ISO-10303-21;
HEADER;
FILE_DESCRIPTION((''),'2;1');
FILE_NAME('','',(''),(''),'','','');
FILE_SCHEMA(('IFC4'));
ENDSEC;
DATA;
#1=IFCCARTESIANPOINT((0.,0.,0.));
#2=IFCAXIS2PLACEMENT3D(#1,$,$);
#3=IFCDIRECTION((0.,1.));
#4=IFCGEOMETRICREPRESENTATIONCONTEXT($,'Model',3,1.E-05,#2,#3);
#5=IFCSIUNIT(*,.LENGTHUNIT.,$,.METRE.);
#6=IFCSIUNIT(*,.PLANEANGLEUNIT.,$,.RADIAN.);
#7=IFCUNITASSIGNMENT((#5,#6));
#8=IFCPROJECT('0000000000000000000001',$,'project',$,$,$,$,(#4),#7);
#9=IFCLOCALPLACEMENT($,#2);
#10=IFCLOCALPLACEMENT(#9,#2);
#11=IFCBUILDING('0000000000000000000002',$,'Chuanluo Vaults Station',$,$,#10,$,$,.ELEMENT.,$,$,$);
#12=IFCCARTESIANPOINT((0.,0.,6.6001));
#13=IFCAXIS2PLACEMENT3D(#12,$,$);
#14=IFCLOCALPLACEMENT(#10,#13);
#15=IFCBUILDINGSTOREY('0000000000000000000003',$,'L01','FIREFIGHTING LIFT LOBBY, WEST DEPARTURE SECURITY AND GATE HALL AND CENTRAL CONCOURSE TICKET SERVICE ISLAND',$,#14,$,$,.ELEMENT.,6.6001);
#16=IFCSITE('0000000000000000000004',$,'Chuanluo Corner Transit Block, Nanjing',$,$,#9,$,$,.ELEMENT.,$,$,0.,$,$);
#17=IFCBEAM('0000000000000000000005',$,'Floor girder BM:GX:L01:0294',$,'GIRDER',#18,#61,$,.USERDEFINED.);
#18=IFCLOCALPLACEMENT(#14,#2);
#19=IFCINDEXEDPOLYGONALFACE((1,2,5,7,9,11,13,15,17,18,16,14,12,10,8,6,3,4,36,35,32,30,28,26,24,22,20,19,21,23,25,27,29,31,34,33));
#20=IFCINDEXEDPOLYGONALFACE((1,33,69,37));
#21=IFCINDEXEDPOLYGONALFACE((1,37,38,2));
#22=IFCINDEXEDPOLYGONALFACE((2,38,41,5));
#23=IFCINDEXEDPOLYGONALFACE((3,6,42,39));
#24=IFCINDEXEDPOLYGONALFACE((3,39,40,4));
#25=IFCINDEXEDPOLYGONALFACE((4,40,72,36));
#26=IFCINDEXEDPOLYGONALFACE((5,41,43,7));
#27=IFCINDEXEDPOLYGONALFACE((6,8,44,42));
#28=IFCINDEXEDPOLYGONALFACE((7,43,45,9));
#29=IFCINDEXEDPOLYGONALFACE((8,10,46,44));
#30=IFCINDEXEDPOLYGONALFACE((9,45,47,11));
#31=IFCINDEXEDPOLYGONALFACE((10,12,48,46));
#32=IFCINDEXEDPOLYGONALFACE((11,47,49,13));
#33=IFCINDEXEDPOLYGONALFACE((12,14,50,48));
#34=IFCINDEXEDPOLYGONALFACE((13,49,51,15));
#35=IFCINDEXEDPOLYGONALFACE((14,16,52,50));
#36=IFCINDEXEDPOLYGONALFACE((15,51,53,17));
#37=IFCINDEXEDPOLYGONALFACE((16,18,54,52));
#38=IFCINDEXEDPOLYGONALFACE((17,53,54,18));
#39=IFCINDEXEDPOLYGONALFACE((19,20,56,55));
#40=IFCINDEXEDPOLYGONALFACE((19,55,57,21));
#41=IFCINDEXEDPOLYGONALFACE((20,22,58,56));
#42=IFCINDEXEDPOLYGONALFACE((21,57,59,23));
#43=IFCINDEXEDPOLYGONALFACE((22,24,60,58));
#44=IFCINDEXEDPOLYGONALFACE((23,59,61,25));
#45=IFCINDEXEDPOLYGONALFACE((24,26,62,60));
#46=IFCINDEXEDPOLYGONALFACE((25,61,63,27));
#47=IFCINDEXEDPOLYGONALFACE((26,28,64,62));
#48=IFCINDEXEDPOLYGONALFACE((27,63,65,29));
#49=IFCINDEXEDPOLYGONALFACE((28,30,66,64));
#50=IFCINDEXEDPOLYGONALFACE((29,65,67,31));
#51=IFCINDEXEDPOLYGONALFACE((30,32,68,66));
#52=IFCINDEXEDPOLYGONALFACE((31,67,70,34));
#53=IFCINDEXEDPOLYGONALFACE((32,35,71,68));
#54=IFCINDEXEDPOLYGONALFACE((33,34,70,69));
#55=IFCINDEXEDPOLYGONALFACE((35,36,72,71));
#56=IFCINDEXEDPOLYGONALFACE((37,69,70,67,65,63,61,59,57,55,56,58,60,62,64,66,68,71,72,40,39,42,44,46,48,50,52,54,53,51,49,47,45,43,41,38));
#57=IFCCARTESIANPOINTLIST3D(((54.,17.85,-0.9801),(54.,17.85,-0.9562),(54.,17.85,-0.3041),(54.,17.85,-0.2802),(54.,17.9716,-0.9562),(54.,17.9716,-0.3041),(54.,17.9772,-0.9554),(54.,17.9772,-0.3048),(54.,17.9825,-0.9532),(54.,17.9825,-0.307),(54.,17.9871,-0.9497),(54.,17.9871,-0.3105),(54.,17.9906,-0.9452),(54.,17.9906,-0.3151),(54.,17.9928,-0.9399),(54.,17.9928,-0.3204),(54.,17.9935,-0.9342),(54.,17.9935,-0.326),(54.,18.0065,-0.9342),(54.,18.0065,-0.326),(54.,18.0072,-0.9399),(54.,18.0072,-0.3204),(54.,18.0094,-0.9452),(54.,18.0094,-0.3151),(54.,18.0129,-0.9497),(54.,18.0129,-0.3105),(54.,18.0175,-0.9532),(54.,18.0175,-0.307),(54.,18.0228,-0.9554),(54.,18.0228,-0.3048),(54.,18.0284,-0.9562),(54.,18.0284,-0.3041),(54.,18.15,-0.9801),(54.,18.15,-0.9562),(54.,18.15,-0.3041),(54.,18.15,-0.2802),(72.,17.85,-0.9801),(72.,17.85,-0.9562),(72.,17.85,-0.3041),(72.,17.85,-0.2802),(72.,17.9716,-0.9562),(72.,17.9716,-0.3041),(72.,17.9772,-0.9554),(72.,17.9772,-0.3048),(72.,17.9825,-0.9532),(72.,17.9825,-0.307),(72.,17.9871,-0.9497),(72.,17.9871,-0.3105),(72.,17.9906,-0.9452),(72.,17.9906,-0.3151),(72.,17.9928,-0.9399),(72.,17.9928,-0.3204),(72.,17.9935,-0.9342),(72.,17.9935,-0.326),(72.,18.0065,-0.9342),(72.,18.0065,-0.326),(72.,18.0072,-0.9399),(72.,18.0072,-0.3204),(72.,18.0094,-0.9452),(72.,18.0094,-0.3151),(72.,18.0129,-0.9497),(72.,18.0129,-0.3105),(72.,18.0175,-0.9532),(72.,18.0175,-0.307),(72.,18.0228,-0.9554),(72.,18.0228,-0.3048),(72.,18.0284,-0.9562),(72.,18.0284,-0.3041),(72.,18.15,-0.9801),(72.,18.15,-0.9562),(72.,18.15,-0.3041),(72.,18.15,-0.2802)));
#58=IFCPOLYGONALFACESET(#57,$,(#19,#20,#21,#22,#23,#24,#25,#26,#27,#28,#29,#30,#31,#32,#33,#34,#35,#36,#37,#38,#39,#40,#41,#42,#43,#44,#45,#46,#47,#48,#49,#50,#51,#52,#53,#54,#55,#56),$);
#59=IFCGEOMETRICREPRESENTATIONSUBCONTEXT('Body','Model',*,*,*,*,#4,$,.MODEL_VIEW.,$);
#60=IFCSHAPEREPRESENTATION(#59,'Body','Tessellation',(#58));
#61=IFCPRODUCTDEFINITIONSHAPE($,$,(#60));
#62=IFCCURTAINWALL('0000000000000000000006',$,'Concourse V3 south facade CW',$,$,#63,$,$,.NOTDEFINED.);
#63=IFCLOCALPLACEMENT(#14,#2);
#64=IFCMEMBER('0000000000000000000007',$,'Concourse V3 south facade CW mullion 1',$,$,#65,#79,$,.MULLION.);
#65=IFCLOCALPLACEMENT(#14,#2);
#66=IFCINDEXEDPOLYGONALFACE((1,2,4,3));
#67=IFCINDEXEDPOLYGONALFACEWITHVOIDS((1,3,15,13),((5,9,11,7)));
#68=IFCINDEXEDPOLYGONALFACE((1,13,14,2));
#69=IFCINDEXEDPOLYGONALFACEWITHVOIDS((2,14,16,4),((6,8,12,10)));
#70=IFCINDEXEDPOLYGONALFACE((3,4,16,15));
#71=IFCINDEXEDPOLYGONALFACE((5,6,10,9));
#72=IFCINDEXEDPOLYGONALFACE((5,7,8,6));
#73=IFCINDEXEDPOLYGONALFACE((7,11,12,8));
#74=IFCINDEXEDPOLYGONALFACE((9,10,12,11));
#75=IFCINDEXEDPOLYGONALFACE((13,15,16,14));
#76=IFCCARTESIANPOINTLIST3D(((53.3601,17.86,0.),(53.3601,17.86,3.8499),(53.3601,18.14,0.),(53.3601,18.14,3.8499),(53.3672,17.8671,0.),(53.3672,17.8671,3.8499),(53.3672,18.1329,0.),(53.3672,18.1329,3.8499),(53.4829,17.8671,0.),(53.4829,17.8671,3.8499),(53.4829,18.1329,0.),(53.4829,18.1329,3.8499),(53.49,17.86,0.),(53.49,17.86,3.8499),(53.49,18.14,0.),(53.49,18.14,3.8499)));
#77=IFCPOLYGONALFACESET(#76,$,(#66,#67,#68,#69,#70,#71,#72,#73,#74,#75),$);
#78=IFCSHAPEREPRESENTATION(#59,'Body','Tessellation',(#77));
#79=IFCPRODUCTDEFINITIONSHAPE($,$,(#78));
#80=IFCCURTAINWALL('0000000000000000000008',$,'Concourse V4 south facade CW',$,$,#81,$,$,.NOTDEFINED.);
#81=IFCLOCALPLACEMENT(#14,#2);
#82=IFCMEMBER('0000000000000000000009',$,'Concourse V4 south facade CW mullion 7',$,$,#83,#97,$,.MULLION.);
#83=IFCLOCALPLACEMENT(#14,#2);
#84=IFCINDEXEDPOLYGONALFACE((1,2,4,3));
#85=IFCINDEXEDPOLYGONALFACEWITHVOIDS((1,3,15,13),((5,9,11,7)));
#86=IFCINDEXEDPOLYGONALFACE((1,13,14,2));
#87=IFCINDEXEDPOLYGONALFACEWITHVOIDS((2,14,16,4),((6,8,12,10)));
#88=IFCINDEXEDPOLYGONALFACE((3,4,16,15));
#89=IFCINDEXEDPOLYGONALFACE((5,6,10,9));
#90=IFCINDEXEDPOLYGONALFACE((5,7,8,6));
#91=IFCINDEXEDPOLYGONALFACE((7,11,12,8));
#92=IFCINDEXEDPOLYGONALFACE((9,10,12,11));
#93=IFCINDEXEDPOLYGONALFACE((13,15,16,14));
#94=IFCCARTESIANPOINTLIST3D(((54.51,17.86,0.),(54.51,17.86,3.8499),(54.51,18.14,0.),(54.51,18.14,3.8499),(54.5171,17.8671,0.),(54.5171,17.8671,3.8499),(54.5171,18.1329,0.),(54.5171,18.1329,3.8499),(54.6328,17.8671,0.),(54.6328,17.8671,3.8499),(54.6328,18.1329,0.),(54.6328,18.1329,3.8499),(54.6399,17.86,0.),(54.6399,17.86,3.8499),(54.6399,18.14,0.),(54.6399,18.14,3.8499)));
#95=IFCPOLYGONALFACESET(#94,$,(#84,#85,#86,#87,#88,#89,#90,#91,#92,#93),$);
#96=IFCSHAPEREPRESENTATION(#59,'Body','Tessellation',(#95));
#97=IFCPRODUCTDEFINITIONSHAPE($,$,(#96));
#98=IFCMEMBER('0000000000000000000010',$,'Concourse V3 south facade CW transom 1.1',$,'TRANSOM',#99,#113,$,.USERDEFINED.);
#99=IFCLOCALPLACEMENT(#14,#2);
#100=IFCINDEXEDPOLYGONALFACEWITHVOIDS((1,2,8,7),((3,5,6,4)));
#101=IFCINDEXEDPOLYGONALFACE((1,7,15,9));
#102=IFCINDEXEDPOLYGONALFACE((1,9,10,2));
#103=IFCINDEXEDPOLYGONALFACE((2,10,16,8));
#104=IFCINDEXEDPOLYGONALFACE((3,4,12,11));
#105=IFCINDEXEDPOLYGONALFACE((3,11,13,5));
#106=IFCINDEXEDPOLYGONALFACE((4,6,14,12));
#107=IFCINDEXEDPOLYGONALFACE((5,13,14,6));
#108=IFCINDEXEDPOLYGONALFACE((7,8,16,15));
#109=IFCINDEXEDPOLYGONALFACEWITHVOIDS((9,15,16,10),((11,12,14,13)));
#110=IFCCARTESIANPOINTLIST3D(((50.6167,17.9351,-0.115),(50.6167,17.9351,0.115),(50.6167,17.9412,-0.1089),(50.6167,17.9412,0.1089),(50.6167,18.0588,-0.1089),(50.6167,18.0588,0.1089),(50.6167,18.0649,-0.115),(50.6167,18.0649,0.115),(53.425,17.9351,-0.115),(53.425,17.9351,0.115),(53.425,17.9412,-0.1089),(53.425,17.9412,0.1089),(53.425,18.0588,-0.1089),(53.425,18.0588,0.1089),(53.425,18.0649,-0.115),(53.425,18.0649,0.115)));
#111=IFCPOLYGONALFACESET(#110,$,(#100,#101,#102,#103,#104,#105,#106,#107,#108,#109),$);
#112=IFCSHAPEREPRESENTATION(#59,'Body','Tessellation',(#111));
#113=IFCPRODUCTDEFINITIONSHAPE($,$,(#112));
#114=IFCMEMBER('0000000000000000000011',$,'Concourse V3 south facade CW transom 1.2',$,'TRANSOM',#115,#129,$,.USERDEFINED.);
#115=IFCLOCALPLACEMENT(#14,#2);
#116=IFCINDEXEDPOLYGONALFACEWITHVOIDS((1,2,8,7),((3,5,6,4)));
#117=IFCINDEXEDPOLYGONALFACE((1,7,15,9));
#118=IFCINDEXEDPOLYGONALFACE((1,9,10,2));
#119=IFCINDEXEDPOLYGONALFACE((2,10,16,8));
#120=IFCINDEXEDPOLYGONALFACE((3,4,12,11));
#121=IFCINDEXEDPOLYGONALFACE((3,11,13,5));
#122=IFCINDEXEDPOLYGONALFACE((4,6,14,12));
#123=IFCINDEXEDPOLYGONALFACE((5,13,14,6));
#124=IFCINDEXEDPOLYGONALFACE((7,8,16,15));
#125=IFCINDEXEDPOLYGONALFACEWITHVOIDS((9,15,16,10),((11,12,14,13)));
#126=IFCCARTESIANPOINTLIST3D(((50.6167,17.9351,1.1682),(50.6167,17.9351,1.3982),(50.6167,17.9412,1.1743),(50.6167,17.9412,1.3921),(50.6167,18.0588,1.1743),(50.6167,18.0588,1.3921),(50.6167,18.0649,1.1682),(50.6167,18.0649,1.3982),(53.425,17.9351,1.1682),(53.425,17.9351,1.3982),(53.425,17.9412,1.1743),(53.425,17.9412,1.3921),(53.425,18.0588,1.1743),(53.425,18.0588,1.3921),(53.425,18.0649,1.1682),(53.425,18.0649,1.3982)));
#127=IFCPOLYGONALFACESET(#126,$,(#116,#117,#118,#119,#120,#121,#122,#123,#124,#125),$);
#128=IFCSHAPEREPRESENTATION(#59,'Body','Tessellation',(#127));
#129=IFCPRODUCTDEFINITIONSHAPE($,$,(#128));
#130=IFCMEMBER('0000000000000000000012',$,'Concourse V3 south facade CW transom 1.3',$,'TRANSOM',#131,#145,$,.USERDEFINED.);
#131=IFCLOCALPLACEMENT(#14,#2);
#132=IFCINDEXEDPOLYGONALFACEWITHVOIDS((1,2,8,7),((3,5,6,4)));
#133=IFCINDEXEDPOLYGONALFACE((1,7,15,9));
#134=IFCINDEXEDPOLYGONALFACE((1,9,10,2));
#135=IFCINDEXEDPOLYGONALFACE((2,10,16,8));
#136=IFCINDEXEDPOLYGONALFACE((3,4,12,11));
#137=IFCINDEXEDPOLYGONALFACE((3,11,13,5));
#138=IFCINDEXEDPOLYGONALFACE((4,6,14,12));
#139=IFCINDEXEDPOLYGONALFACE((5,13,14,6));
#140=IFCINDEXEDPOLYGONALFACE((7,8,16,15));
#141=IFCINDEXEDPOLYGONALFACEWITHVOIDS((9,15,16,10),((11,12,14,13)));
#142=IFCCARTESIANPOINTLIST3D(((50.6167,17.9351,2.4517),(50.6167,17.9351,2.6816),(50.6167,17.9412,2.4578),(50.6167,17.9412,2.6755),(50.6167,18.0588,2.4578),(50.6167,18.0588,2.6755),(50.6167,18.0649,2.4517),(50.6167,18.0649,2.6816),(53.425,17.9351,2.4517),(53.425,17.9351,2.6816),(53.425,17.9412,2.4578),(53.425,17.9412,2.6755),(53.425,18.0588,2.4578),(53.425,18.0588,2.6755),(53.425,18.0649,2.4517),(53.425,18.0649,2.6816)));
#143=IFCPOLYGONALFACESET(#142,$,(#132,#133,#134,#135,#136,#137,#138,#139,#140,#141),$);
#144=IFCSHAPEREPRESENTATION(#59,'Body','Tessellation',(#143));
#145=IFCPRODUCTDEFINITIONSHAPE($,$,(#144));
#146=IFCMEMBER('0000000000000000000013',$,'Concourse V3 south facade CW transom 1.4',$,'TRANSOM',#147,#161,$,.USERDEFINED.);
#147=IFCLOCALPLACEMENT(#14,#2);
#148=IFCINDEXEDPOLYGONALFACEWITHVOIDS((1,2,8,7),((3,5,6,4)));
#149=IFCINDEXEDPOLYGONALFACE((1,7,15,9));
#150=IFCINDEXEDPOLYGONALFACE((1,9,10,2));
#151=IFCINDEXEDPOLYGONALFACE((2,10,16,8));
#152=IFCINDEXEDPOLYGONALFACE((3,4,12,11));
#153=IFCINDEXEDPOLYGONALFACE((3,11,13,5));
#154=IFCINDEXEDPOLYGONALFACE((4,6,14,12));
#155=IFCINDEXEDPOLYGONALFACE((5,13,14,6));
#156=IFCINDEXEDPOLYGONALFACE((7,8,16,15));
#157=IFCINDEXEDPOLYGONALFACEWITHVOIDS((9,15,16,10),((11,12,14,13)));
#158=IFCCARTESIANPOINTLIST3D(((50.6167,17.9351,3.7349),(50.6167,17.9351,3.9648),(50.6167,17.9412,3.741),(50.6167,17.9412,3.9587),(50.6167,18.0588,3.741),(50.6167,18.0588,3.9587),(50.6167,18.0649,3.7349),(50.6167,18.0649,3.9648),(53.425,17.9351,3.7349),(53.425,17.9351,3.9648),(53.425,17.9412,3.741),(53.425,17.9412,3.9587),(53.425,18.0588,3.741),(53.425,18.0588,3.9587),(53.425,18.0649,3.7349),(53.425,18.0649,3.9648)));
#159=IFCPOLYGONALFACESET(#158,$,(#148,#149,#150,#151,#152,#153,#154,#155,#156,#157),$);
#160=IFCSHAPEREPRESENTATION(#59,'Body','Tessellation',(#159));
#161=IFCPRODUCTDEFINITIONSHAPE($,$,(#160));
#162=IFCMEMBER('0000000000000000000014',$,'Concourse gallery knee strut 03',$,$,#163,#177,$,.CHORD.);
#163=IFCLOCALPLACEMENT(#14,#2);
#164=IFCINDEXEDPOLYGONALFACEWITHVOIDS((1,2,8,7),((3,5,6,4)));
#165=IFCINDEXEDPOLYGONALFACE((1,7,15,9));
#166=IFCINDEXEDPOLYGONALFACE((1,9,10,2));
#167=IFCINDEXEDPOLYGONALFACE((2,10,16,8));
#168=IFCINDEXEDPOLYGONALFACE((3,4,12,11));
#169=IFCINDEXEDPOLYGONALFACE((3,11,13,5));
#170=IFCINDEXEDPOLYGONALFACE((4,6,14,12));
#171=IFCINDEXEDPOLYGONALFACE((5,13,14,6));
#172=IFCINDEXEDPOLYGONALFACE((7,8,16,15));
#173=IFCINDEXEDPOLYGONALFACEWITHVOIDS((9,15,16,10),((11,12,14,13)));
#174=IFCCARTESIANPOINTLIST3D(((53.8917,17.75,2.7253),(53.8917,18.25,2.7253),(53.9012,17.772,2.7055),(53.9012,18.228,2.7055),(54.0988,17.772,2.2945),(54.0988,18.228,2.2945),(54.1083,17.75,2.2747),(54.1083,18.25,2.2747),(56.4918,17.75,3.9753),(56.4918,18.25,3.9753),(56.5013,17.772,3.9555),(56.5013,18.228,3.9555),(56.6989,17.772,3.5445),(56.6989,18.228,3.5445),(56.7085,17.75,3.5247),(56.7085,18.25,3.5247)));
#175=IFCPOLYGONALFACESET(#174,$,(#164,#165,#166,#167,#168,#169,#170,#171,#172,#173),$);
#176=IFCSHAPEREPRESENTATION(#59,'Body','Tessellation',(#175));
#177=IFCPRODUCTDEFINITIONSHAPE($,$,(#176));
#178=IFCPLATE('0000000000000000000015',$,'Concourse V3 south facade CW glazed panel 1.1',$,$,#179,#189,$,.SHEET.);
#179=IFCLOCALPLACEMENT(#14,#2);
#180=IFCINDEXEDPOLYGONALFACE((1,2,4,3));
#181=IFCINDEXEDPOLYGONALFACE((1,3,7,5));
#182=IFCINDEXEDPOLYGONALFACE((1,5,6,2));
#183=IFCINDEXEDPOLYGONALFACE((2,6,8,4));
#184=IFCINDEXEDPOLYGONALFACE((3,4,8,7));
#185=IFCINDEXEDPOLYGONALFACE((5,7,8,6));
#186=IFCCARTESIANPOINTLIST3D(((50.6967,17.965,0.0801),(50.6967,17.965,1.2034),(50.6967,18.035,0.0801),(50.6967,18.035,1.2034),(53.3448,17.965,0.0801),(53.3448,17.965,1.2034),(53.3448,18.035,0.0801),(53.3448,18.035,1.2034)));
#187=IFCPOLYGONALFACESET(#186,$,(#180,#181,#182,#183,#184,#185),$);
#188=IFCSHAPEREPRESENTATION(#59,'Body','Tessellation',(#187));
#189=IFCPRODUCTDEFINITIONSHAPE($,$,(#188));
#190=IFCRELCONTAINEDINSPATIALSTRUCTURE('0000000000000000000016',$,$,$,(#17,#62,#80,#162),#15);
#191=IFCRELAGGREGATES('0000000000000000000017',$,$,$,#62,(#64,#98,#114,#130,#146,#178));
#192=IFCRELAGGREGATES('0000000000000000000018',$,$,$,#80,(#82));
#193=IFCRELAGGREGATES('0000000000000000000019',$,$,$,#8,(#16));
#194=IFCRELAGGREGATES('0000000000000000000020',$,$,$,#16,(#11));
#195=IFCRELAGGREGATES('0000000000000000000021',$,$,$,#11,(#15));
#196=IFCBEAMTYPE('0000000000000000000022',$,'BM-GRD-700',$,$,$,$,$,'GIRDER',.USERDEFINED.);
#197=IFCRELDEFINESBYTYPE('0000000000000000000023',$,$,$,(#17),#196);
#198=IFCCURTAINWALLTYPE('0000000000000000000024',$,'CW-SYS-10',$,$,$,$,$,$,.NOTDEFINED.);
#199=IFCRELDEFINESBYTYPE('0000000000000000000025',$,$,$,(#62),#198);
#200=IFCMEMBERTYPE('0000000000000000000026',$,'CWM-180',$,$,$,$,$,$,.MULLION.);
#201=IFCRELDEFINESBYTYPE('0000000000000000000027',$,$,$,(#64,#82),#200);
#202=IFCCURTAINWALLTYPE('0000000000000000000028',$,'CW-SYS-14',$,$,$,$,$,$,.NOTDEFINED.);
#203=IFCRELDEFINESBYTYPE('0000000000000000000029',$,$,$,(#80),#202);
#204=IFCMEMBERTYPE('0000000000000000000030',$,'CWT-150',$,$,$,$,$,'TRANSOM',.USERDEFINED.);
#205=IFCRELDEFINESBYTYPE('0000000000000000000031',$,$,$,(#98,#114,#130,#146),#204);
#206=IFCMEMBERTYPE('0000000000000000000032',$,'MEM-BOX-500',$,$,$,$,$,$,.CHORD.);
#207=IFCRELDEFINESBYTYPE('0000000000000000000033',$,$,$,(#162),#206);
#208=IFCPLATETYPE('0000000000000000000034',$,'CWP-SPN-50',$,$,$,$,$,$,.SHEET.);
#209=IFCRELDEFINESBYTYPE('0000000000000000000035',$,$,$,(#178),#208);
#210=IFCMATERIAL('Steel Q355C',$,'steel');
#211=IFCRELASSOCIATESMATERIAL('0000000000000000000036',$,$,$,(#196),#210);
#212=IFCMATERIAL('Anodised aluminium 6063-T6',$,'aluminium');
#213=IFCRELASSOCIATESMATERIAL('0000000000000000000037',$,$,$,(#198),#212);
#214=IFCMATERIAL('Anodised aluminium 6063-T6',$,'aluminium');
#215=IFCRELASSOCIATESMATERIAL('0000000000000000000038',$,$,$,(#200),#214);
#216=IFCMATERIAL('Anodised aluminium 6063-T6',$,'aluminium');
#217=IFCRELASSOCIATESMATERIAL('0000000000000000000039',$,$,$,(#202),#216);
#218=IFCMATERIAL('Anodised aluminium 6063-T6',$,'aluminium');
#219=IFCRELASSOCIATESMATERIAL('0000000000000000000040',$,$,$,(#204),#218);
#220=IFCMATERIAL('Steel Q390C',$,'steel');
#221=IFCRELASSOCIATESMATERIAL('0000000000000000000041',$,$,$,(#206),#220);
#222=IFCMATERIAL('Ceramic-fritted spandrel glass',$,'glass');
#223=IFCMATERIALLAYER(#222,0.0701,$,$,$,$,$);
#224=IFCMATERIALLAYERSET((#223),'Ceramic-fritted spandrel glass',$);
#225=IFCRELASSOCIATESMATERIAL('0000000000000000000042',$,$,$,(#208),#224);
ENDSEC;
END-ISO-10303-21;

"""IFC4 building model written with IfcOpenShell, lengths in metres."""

from ifc_helpers import new_model, si_unit, direction, frame, origin, origin_2d, place, context, subcontext, project, spatial, rectangle, hollow_rectangle, i_section, extrude, material, layer, layer_set, material_profile, profile_set, type_object, element, aggregate, save


model = new_model("IFC4")

# Units and contexts
model_context = context("Model", 3, precision=1e-05, world=origin(), true_north=direction((0.0, 1.0)))
body_context = subcontext(model_context, "Body", "Model", "MODEL_VIEW")
ifc_project = project(units=[si_unit("LENGTHUNIT", "METRE"), si_unit("PLANEANGLEUNIT", "RADIAN")], contexts=[model_context])

# Site, building, storey
site_placement = place(None, origin())
site = spatial("IfcSite", under=ifc_project, at=site_placement, Name="Chuanluo Corner Transit Block, Nanjing", CompositionType="ELEMENT", RefElevation=0.0)
building_placement = place(site_placement, origin())
building = spatial("IfcBuilding", under=site, at=building_placement, Name="Chuanluo Vaults Station", CompositionType="ELEMENT")
storey_placement = place(building_placement, frame((0.0, 0.0, 6.6001)))
storey = spatial("IfcBuildingStorey", under=building, at=storey_placement, Name="L01", Description="FIREFIGHTING LIFT LOBBY, WEST DEPARTURE SECURITY AND GATE HALL AND CENTRAL CONCOURSE TICKET SERVICE ISLAND", CompositionType="ELEMENT", Elevation=6.6001)

# Beam
ifc_material_1 = material(Name="Steel Q355C", Category="steel")
ifc_material_profile_1 = material_profile(ifc_material_1, i_section(OverallWidth=0.3, OverallDepth=0.7, WebThickness=0.0129, FlangeThickness=0.0239, FilletRadius=0.022, at=origin_2d()))
ifc_profile_set_1 = profile_set([ifc_material_profile_1], Name="Steel Q355C")
beam_type_1 = type_object("IfcBeamType", Name="BM-GRD-700", ElementType="GIRDER", PredefinedType="USERDEFINED", material=ifc_profile_set_1)
beam_1_placement = place(storey_placement, frame((54.0, 18.0, -0.6301), z_axis=(1.0, 0.0, 0.0), x_axis=(0.0, 1.0, 0.0)))
element("IfcBeam", 1, at=beam_1_placement, inside=storey, type_object=beam_type_1, Name="Floor girder BM:GX:L01:0294", ObjectType="GIRDER", PredefinedType="USERDEFINED", context=body_context, shape_type="SweptSolid", body=[
    extrude(i_section(OverallWidth=0.3, OverallDepth=0.7, WebThickness=0.0129, FlangeThickness=0.0239, FilletRadius=0.022, at=origin_2d()), origin(), (0.0, 0.0, 1.0), 18.0),
])

# Curtain walls, members
ifc_material_2 = material(Name="Anodised aluminium 6063-T6", Category="aluminium")
curtain_wall_type_1 = type_object("IfcCurtainWallType", Name="CW-SYS-10", PredefinedType="NOTDEFINED", material=ifc_material_2)
curtain_wall_1_placement = place(storey_placement, origin())
curtain_wall_1 = element("IfcCurtainWall", 2, at=curtain_wall_1_placement, inside=storey, type_object=curtain_wall_type_1, Name="Concourse V3 south facade CW", PredefinedType="NOTDEFINED")
ifc_material_3 = material(Name="Anodised aluminium 6063-T6", Category="aluminium")
ifc_material_profile_2 = material_profile(ifc_material_3, hollow_rectangle(XDim=0.1299, YDim=0.28, WallThickness=0.0071, at=origin_2d()))
ifc_profile_set_2 = profile_set([ifc_material_profile_2], Name="Anodised aluminium 6063-T6")
member_type_1 = type_object("IfcMemberType", Name="CWM-180", PredefinedType="MULLION", material=ifc_profile_set_2)
member_1_placement = place(storey_placement, frame((53.425, 18.0, 0.0), z_axis=(0.0, 0.0, 1.0), x_axis=(-1.0, 0.0, 0.0)))
member_1 = element("IfcMember", 3, at=member_1_placement, type_object=member_type_1, Name="Concourse V3 south facade CW mullion 1", PredefinedType="MULLION", context=body_context, shape_type="SweptSolid", body=[
    extrude(hollow_rectangle(XDim=0.1299, YDim=0.28, WallThickness=0.0071, at=origin_2d()), origin(), (0.0, 0.0, 1.0), 3.8499),
])
ifc_material_4 = material(Name="Anodised aluminium 6063-T6", Category="aluminium")
curtain_wall_type_2 = type_object("IfcCurtainWallType", Name="CW-SYS-14", PredefinedType="NOTDEFINED", material=ifc_material_4)
curtain_wall_2_placement = place(storey_placement, origin())
curtain_wall_2 = element("IfcCurtainWall", 4, at=curtain_wall_2_placement, inside=storey, type_object=curtain_wall_type_2, Name="Concourse V4 south facade CW", PredefinedType="NOTDEFINED")
member_2_placement = place(storey_placement, frame((54.575, 18.0, 0.0), z_axis=(0.0, 0.0, 1.0), x_axis=(-1.0, 0.0, 0.0)))
member_2 = element("IfcMember", 5, at=member_2_placement, type_object=member_type_1, Name="Concourse V4 south facade CW mullion 7", PredefinedType="MULLION", context=body_context, shape_type="SweptSolid", body=[
    extrude(hollow_rectangle(XDim=0.1299, YDim=0.28, WallThickness=0.0071, at=origin_2d()), origin(), (0.0, 0.0, 1.0), 3.8499),
])

# Members
ifc_material_5 = material(Name="Anodised aluminium 6063-T6", Category="aluminium")
ifc_material_profile_3 = material_profile(ifc_material_5, hollow_rectangle(XDim=0.1299, YDim=0.23, WallThickness=0.0061, at=origin_2d()))
ifc_profile_set_3 = profile_set([ifc_material_profile_3], Name="Anodised aluminium 6063-T6")
member_type_2 = type_object("IfcMemberType", Name="CWT-150", ElementType="TRANSOM", PredefinedType="USERDEFINED", material=ifc_profile_set_3)
member_3_placement = place(storey_placement, frame((53.425, 18.0, 0.0), z_axis=(-1.0, 0.0, 0.0), x_axis=(0.0, -1.0, 0.0)))
member_3 = element("IfcMember", 6, at=member_3_placement, type_object=member_type_2, Name="Concourse V3 south facade CW transom 1.1", ObjectType="TRANSOM", PredefinedType="USERDEFINED", context=body_context, shape_type="SweptSolid", body=[
    extrude(hollow_rectangle(XDim=0.1299, YDim=0.23, WallThickness=0.0061, at=origin_2d()), origin(), (0.0, 0.0, 1.0), 2.8083),
])
member_4_placement = place(storey_placement, frame((53.425, 18.0, 1.2832), z_axis=(-1.0, 0.0, 0.0), x_axis=(0.0, -1.0, 0.0)))
member_4 = element("IfcMember", 7, at=member_4_placement, type_object=member_type_2, Name="Concourse V3 south facade CW transom 1.2", ObjectType="TRANSOM", PredefinedType="USERDEFINED", context=body_context, shape_type="SweptSolid", body=[
    extrude(hollow_rectangle(XDim=0.1299, YDim=0.23, WallThickness=0.0061, at=origin_2d()), origin(), (0.0, 0.0, 1.0), 2.8083),
])
member_5_placement = place(storey_placement, frame((53.425, 18.0, 2.5667), z_axis=(-1.0, 0.0, 0.0), x_axis=(0.0, -1.0, 0.0)))
member_5 = element("IfcMember", 8, at=member_5_placement, type_object=member_type_2, Name="Concourse V3 south facade CW transom 1.3", ObjectType="TRANSOM", PredefinedType="USERDEFINED", context=body_context, shape_type="SweptSolid", body=[
    extrude(hollow_rectangle(XDim=0.1299, YDim=0.23, WallThickness=0.0061, at=origin_2d()), origin(), (0.0, 0.0, 1.0), 2.8083),
])
member_6_placement = place(storey_placement, frame((53.425, 18.0, 3.8499), z_axis=(-1.0, 0.0, 0.0), x_axis=(0.0, -1.0, 0.0)))
member_6 = element("IfcMember", 9, at=member_6_placement, type_object=member_type_2, Name="Concourse V3 south facade CW transom 1.4", ObjectType="TRANSOM", PredefinedType="USERDEFINED", context=body_context, shape_type="SweptSolid", body=[
    extrude(hollow_rectangle(XDim=0.1299, YDim=0.23, WallThickness=0.0061, at=origin_2d()), origin(), (0.0, 0.0, 1.0), 2.8083),
])
ifc_material_6 = material(Name="Steel Q390C", Category="steel")
ifc_material_profile_4 = material_profile(ifc_material_6, hollow_rectangle(XDim=0.5, YDim=0.5, WallThickness=0.022, at=origin_2d()))
ifc_profile_set_4 = profile_set([ifc_material_profile_4], Name="Steel Q390C")
member_type_3 = type_object("IfcMemberType", Name="MEM-BOX-500", PredefinedType="CHORD", material=ifc_profile_set_4)
member_7_placement = place(storey_placement, frame((54.0, 18.0, 2.5), z_axis=(0.901259, 0.0, 0.433281), x_axis=(0.0, 1.0, 0.0)))
element("IfcMember", 10, at=member_7_placement, inside=storey, type_object=member_type_3, Name="Concourse gallery knee strut 03", PredefinedType="CHORD", context=body_context, shape_type="SweptSolid", body=[
    extrude(hollow_rectangle(XDim=0.5, YDim=0.5, WallThickness=0.022, at=origin_2d()), origin(), (0.0, 0.0, 1.0), 2.885),
])

# Plate
ifc_material_7 = material(Name="Ceramic-fritted spandrel glass", Category="glass")
ifc_layer_1 = layer(ifc_material_7, 0.0701)
ifc_layer_set_1 = layer_set([ifc_layer_1], Name="Ceramic-fritted spandrel glass")
plate_type_1 = type_object("IfcPlateType", Name="CWP-SPN-50", PredefinedType="SHEET", material=ifc_layer_set_1)
plate_1_placement = place(storey_placement, frame((52.0208, 18.0, 0.0801), z_axis=(0.0, 0.0, 1.0), x_axis=(-1.0, 0.0, 0.0)))
plate_1 = element("IfcPlate", 11, at=plate_1_placement, type_object=plate_type_1, Name="Concourse V3 south facade CW glazed panel 1.1", PredefinedType="SHEET", context=body_context, shape_type="SweptSolid", body=[
    extrude(rectangle(XDim=2.6482, YDim=0.0701, at=origin_2d()), origin(), (0.0, 0.0, 1.0), 1.1233),
])
aggregate(curtain_wall_1, [member_1, member_3, member_4, member_5, member_6, plate_1])
aggregate(curtain_wall_2, [member_2])

save(model, "model.ifc")
